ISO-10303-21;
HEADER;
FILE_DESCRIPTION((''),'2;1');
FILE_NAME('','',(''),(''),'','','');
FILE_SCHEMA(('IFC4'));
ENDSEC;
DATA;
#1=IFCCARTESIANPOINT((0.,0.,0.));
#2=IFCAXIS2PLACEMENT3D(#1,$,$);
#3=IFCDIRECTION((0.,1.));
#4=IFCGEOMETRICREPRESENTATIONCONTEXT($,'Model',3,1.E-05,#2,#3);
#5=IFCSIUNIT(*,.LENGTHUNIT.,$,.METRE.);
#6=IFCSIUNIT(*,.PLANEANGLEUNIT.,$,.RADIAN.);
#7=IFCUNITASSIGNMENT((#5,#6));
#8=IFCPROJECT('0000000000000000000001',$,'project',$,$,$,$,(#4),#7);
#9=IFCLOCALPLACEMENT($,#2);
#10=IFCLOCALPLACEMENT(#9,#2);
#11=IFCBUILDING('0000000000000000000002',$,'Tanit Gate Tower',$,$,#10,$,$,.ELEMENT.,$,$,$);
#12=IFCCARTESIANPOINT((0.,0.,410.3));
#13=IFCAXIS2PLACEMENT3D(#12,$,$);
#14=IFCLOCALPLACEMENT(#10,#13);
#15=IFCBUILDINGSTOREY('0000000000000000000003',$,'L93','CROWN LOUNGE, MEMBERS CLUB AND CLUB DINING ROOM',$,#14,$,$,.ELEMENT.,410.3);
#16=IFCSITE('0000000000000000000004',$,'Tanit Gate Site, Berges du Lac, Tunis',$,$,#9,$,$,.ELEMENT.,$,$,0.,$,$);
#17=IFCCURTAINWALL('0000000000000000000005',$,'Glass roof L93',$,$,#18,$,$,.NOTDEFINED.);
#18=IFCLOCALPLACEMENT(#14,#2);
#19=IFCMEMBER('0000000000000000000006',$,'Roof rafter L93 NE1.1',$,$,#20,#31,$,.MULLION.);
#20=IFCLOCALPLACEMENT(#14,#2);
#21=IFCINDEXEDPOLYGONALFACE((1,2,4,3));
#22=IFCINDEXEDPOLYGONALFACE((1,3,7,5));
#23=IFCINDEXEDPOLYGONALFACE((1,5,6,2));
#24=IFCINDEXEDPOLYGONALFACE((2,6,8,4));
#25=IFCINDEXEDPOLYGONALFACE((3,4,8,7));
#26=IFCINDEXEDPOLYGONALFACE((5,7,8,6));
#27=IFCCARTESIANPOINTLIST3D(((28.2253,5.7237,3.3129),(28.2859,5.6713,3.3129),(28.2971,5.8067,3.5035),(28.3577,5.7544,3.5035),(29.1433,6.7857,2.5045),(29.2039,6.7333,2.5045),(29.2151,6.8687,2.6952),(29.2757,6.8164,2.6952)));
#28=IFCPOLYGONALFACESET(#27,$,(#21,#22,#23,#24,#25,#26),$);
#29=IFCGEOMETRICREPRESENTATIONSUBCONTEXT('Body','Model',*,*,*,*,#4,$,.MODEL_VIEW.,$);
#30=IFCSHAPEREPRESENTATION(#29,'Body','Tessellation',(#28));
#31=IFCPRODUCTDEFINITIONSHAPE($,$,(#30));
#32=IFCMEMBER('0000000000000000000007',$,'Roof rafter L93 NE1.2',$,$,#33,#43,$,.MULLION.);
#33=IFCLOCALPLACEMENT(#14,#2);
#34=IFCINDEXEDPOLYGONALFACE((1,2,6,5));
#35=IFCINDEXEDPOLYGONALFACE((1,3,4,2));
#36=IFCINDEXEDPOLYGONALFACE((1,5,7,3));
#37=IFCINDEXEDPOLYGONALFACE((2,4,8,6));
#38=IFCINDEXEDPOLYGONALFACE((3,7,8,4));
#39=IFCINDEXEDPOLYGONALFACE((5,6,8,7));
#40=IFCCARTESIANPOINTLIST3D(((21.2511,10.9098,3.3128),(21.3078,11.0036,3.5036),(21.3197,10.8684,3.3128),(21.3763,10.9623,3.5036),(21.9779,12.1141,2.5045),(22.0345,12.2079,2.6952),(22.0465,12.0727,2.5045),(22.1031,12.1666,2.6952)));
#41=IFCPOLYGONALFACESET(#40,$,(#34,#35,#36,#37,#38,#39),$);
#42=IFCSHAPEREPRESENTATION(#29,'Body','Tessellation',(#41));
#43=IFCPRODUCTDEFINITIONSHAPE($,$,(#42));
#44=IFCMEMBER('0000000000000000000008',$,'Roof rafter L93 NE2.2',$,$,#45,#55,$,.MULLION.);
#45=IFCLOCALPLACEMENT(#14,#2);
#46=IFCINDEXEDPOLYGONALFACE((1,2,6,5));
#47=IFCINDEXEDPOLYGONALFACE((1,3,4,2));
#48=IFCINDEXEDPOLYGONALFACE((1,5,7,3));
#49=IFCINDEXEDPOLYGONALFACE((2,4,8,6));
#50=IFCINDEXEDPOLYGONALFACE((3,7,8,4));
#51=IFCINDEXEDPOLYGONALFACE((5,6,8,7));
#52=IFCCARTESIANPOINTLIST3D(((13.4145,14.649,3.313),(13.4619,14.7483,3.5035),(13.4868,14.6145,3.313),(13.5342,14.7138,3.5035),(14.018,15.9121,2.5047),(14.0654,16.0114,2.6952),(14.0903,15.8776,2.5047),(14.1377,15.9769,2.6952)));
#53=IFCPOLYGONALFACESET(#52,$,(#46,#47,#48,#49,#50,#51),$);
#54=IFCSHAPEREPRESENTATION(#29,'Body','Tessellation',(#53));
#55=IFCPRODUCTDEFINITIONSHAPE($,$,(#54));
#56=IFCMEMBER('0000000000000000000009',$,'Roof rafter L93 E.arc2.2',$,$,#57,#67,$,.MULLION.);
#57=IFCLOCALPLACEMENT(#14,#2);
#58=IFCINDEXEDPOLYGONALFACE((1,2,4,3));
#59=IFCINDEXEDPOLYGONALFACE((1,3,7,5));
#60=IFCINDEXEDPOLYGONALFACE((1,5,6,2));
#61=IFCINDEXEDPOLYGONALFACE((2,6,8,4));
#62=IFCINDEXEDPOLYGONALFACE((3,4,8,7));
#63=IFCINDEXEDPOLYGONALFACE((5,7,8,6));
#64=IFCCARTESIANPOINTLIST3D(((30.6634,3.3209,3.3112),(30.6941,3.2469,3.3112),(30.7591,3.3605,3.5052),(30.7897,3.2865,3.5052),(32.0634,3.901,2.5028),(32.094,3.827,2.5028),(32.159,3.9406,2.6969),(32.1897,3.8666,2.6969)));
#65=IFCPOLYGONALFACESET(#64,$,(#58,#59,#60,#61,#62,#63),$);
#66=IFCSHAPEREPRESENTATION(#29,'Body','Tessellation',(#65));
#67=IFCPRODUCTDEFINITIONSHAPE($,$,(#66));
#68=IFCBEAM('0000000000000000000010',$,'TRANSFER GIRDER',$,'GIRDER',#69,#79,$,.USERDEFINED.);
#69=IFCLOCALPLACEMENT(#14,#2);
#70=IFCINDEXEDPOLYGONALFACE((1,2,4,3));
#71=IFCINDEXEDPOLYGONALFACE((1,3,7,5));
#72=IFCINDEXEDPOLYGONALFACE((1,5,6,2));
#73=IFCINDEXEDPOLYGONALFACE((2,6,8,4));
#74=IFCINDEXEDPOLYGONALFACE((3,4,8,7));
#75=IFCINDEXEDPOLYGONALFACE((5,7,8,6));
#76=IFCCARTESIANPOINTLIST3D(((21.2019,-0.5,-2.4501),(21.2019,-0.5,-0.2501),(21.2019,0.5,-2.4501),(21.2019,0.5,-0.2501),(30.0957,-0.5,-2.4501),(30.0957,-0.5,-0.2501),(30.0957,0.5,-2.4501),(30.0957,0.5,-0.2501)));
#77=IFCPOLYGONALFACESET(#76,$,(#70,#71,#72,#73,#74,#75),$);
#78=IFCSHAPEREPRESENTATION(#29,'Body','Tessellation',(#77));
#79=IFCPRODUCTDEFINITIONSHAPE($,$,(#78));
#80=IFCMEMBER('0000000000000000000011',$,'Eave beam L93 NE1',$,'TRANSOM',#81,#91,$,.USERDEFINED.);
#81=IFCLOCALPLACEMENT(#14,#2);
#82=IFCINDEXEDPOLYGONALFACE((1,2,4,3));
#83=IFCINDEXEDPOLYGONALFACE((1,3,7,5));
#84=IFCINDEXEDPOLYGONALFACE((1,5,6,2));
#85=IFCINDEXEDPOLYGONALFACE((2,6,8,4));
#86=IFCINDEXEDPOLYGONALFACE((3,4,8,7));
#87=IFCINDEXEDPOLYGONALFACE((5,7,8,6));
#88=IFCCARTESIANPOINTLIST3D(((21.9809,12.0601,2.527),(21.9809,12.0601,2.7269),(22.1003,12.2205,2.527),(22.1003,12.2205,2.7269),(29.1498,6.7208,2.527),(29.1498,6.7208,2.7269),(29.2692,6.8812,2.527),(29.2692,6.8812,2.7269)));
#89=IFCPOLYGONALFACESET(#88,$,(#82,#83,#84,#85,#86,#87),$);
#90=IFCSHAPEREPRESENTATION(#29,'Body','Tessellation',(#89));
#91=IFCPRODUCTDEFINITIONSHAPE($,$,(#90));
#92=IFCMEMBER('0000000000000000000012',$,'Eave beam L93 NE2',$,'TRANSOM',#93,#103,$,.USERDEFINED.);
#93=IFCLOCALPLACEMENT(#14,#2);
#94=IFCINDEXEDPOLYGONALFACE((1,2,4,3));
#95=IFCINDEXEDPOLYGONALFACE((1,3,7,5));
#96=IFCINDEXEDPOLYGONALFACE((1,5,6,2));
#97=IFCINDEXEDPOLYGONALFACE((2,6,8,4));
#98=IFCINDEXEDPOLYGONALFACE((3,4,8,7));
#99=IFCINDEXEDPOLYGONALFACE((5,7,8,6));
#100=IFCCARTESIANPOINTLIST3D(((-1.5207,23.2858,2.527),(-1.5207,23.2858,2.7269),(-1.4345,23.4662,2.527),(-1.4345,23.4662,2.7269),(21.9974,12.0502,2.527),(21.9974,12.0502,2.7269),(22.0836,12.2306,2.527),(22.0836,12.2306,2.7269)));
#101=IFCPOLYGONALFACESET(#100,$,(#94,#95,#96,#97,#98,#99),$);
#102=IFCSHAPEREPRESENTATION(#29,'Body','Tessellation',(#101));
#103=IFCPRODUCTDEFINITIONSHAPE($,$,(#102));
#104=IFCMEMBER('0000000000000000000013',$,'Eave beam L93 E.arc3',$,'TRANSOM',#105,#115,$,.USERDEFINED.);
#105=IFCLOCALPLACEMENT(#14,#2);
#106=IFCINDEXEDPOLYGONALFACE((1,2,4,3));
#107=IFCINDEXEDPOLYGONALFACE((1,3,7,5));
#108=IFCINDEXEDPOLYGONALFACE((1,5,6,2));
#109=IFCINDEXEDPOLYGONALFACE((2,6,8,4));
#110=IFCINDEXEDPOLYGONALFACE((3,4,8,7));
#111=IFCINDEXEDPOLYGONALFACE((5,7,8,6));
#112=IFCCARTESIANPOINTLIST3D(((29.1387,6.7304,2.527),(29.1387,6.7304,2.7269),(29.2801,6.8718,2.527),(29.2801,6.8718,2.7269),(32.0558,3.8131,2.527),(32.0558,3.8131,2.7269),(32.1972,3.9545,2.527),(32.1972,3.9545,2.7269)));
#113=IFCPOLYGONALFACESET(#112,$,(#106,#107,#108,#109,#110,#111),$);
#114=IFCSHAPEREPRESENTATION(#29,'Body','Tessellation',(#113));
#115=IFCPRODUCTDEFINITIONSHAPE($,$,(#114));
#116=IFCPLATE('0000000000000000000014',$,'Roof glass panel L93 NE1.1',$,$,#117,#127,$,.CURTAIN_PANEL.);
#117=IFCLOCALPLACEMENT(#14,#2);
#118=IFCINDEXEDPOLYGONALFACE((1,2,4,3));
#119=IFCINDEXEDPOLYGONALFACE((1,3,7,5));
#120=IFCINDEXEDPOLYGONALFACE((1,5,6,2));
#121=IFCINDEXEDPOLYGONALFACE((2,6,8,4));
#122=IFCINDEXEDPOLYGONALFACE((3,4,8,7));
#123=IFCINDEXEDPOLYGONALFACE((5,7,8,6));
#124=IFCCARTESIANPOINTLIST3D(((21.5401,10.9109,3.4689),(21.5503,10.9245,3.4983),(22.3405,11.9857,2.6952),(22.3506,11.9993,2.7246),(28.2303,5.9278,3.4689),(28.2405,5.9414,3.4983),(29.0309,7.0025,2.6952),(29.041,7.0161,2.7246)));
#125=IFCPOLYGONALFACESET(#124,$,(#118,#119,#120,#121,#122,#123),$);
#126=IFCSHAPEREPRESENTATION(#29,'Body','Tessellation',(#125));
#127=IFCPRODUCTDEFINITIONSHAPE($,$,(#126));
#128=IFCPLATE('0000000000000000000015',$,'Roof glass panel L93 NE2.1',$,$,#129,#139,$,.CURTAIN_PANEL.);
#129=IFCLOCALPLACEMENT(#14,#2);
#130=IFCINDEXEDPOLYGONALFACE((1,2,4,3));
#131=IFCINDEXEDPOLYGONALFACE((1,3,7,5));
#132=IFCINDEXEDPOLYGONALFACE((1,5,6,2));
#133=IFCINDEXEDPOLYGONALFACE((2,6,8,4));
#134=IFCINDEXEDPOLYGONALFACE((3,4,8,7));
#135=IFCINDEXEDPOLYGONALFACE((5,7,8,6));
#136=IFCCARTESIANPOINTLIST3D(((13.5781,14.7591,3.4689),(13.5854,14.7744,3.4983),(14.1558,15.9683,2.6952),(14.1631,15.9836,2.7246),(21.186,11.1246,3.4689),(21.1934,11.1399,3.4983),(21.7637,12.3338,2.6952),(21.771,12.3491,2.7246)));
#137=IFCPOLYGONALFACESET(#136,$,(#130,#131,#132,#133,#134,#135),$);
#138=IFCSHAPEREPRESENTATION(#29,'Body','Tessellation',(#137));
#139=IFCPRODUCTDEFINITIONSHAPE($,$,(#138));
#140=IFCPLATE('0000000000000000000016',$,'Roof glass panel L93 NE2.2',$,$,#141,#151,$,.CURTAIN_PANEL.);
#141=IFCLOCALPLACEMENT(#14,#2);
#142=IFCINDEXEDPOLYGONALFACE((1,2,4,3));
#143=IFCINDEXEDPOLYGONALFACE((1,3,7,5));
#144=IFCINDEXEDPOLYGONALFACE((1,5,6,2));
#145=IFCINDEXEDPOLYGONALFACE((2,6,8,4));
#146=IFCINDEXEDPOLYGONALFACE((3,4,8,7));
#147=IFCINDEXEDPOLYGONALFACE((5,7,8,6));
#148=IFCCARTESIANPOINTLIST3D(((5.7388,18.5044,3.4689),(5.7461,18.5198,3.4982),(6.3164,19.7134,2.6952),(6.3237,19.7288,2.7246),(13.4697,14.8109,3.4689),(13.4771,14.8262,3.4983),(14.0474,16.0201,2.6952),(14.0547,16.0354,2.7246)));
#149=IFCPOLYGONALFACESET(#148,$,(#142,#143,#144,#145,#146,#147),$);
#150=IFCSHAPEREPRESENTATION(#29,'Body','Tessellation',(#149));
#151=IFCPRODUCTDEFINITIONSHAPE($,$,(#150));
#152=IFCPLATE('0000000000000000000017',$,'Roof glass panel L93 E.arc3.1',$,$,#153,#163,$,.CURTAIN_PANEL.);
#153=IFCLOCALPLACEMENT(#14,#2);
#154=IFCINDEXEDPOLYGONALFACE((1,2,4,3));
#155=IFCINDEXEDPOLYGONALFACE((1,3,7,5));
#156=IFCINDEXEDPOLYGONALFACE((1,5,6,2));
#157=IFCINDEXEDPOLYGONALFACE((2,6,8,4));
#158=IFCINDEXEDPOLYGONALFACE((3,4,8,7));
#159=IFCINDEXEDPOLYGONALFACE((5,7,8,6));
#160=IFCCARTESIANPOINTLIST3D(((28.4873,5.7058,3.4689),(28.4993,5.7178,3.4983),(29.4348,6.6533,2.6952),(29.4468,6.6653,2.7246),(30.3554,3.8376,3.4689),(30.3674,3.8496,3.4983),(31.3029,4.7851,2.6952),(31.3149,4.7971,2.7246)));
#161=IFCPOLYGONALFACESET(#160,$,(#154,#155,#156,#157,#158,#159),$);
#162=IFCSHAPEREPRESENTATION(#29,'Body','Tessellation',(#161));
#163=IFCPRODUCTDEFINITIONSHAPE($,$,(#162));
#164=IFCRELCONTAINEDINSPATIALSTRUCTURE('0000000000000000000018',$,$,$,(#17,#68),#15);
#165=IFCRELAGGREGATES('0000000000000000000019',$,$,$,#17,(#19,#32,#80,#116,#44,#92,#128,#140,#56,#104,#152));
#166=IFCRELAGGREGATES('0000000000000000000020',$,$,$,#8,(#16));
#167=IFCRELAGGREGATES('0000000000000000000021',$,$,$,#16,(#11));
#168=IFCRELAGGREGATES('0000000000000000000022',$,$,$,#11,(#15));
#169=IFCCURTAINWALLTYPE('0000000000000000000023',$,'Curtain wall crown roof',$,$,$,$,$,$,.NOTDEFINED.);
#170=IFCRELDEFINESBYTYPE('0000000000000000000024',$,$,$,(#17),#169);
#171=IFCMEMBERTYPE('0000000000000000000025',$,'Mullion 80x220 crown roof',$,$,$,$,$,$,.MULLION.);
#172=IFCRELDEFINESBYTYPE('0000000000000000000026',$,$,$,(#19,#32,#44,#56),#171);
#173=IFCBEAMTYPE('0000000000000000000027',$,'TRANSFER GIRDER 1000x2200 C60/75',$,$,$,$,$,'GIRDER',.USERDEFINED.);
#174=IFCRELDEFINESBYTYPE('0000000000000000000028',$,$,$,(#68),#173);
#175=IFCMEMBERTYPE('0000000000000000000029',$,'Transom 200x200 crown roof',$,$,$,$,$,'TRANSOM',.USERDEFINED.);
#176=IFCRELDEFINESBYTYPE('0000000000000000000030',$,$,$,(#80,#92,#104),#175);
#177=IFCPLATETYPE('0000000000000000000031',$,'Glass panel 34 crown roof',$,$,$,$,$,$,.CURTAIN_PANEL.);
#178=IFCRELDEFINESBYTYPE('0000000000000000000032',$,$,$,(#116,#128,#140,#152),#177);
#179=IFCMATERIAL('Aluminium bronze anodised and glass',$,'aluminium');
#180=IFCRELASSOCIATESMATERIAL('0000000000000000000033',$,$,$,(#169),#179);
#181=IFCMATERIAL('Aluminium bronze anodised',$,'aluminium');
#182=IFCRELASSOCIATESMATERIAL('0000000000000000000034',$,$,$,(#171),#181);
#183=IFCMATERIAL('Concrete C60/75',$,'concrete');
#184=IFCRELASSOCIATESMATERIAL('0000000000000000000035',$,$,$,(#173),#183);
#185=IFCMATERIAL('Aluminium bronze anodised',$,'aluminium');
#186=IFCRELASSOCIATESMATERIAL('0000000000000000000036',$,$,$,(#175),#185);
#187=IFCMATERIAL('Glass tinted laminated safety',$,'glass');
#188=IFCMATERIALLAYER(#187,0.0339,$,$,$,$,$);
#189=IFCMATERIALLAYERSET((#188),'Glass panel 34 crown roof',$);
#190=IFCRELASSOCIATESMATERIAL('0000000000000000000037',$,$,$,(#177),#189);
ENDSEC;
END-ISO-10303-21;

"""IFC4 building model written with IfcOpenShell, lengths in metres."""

from ifc_helpers import new_model, si_unit, direction, frame, origin, origin_2d, place, context, subcontext, project, spatial, polyline, rectangle, outline, extrude, material, layer, layer_set, material_profile, profile_set, type_object, element, aggregate, save


model = new_model("IFC4")

# Units and contexts
model_context = context("Model", 3, precision=1e-05, world=origin(), true_north=direction((0.0, 1.0)))
body_context = subcontext(model_context, "Body", "Model", "MODEL_VIEW")
ifc_project = project(units=[si_unit("LENGTHUNIT", "METRE"), si_unit("PLANEANGLEUNIT", "RADIAN")], contexts=[model_context])

# Site, building, storey
site_placement = place(None, origin())
site = spatial("IfcSite", under=ifc_project, at=site_placement, Name="Tanit Gate Site, Berges du Lac, Tunis", CompositionType="ELEMENT", RefElevation=0.0)
building_placement = place(site_placement, origin())
building = spatial("IfcBuilding", under=site, at=building_placement, Name="Tanit Gate Tower", CompositionType="ELEMENT")
storey_placement = place(building_placement, frame((0.0, 0.0, 410.3)))
storey = spatial("IfcBuildingStorey", under=building, at=storey_placement, Name="L93", Description="CROWN LOUNGE, MEMBERS CLUB AND CLUB DINING ROOM", CompositionType="ELEMENT", Elevation=410.3)

# Curtain wall, members
ifc_material_1 = material(Name="Aluminium bronze anodised and glass", Category="aluminium")
curtain_wall_type = type_object("IfcCurtainWallType", Name="Curtain wall crown roof", PredefinedType="NOTDEFINED", material=ifc_material_1)
curtain_wall_placement = place(storey_placement, origin())
curtain_wall = element("IfcCurtainWall", 1, at=curtain_wall_placement, inside=storey, type_object=curtain_wall_type, Name="Glass roof L93", PredefinedType="NOTDEFINED")
ifc_material_2 = material(Name="Aluminium bronze anodised", Category="aluminium")
ifc_material_profile_1 = material_profile(ifc_material_2, rectangle(XDim=0.0801, YDim=0.22, at=origin_2d()), Name="80x220 bronze rafter")
ifc_profile_set_1 = profile_set([ifc_material_profile_1], Name="Aluminium bronze anodised")
member_type_1 = type_object("IfcMemberType", Name="Mullion 80x220 crown roof", PredefinedType="MULLION", material=ifc_profile_set_1)
member_1_placement = place(storey_placement, frame((28.2915, 5.739, 3.4082), z_axis=(0.566694, 0.655617, -0.499023), x_axis=(-0.756549, 0.653937, 0.0)))
member_1 = element("IfcMember", 2, at=member_1_placement, type_object=member_type_1, Name="Roof rafter L93 NE1.1", PredefinedType="MULLION", context=body_context, shape_type="SweptSolid", body=[
    extrude(rectangle(XDim=0.0801, YDim=0.22, at=origin_2d()), origin(), (0.0, 0.0, 1.0), 1.6199),
])
member_2_placement = place(storey_placement, frame((21.3137, 10.936, 3.4082), z_axis=(0.447987, 0.742331, -0.498248), x_axis=(-0.856173, 0.516689, 0.0)))
member_2 = element("IfcMember", 3, at=member_2_placement, type_object=member_type_1, Name="Roof rafter L93 NE1.2", PredefinedType="MULLION", context=body_context, shape_type="SweptSolid", body=[
    extrude(rectangle(XDim=0.0801, YDim=0.22, at=origin_2d()), origin(), (0.0, 0.0, 1.0), 1.6223),
])
member_3_placement = place(storey_placement, frame((13.4744, 14.6814, 3.4082), z_axis=(0.373331, 0.781398, -0.500041), x_axis=(-0.902305, 0.431098, 0.0)))
member_3 = element("IfcMember", 4, at=member_3_placement, type_object=member_type_1, Name="Roof rafter L93 NE2.2", PredefinedType="MULLION", context=body_context, shape_type="SweptSolid", body=[
    extrude(rectangle(XDim=0.0801, YDim=0.22, at=origin_2d()), origin(), (0.0, 0.0, 1.0), 1.6165),
])
member_4_placement = place(storey_placement, frame((30.7266, 3.3037, 3.4082), z_axis=(0.815104, 0.337755, -0.470668), x_axis=(-0.382807, 0.923828, 0.0)))
member_4 = element("IfcMember", 5, at=member_4_placement, type_object=member_type_1, Name="Roof rafter L93 E.arc2.2", PredefinedType="MULLION", context=body_context, shape_type="SweptSolid", body=[
    extrude(rectangle(XDim=0.0801, YDim=0.22, at=origin_2d()), origin(), (0.0, 0.0, 1.0), 1.7175),
])

# Beam
ifc_material_3 = material(Name="Concrete C60/75", Category="concrete")
ifc_material_profile_2 = material_profile(ifc_material_3, rectangle(XDim=1.0, YDim=2.2, at=origin_2d()), Name="RC 1000x2200")
ifc_profile_set_2 = profile_set([ifc_material_profile_2], Name="Concrete C60/75")
beam_type = type_object("IfcBeamType", Name="TRANSFER GIRDER 1000x2200 C60/75", ElementType="GIRDER", PredefinedType="USERDEFINED", material=ifc_profile_set_2)
beam_placement = place(storey_placement, frame((30.0957, 0.0, -1.3501), z_axis=(-1.0, 0.0, 0.0), x_axis=(0.0, -1.0, 0.0)))
element("IfcBeam", 6, at=beam_placement, inside=storey, type_object=beam_type, Name="TRANSFER GIRDER", ObjectType="GIRDER", PredefinedType="USERDEFINED", context=body_context, shape_type="SweptSolid", body=[
    extrude(rectangle(XDim=1.0, YDim=2.2, at=origin_2d()), origin(), (0.0, 0.0, 1.0), 8.8938),
])

# Members
ifc_material_4 = material(Name="Aluminium bronze anodised", Category="aluminium")
ifc_material_profile_3 = material_profile(ifc_material_4, rectangle(XDim=0.2, YDim=0.2, at=origin_2d()), Name="200x200 bronze transom")
ifc_profile_set_3 = profile_set([ifc_material_profile_3], Name="Aluminium bronze anodised")
member_type_2 = type_object("IfcMemberType", Name="Transom 200x200 crown roof", ElementType="TRANSOM", PredefinedType="USERDEFINED", material=ifc_profile_set_3)
member_5_placement = place(storey_placement, frame((29.2095, 6.801, 2.627), z_axis=(-0.802001, 0.597322, 0.0), x_axis=(-0.597322, -0.802001, 0.0)))
member_5 = element("IfcMember", 7, at=member_5_placement, type_object=member_type_2, Name="Eave beam L93 NE1", ObjectType="TRANSOM", PredefinedType="USERDEFINED", context=body_context, shape_type="SweptSolid", body=[
    extrude(rectangle(XDim=0.2, YDim=0.2, at=origin_2d()), origin(), (0.0, 0.0, 1.0), 8.9387),
])
member_6_placement = place(storey_placement, frame((22.0405, 12.1404, 2.627), z_axis=(-0.902316, 0.431075, 0.0), x_axis=(-0.431075, -0.902316, 0.0)))
member_6 = element("IfcMember", 8, at=member_6_placement, type_object=member_type_2, Name="Eave beam L93 NE2", ObjectType="TRANSOM", PredefinedType="USERDEFINED", context=body_context, shape_type="SweptSolid", body=[
    extrude(rectangle(XDim=0.2, YDim=0.2, at=origin_2d()), origin(), (0.0, 0.0, 1.0), 26.0642),
])
member_7_placement = place(storey_placement, frame((32.1265, 3.8838, 2.627), z_axis=(-0.707077, 0.707136, 0.0), x_axis=(-0.707136, -0.707077, 0.0)))
member_7 = element("IfcMember", 9, at=member_7_placement, type_object=member_type_2, Name="Eave beam L93 E.arc3", ObjectType="TRANSOM", PredefinedType="USERDEFINED", context=body_context, shape_type="SweptSolid", body=[
    extrude(rectangle(XDim=0.2, YDim=0.2, at=origin_2d()), origin(), (0.0, 0.0, 1.0), 4.1255),
])

# Plates
ifc_material_5 = material(Name="Glass tinted laminated safety", Category="glass")
ifc_layer_1 = layer(ifc_material_5, 0.0339)
ifc_layer_set_1 = layer_set([ifc_layer_1], Name="Glass panel 34 crown roof")
plate_type = type_object("IfcPlateType", Name="Glass panel 34 crown roof", PredefinedType="CURTAIN_PANEL", material=ifc_layer_set_1)
plate_1_placement = place(storey_placement, frame((28.2405, 5.9414, 3.4983), z_axis=(0.298678, 0.401, 0.86602), x_axis=(-0.801981, 0.597349, -0.000004)))
plate_1 = element("IfcPlate", 10, at=plate_1_placement, type_object=plate_type, Name="Roof glass panel L93 NE1.1", PredefinedType="CURTAIN_PANEL", context=body_context, shape_type="SweptSolid", body=[
    extrude(outline(polyline([(0.0, 0.0), (8.3421, 0.0), (8.3422, -1.5473), (0.0, -1.5474), (0.0, 0.0)])), origin(), (0.0, 0.0, -1.0), 0.0339),
])
plate_2_placement = place(storey_placement, frame((21.1934, 11.1399, 3.4983), z_axis=(0.215526, 0.451146, 0.866034), x_axis=(-0.902321, 0.431065, 0.0)))
plate_2 = element("IfcPlate", 11, at=plate_2_placement, type_object=plate_type, Name="Roof glass panel L93 NE2.1", PredefinedType="CURTAIN_PANEL", context=body_context, shape_type="SweptSolid", body=[
    extrude(outline(polyline([(0.0, 0.0), (8.4315, 0.0), (8.4315, -1.5474), (0.0, -1.5474), (0.0, 0.0)])), origin(), (0.0, 0.0, -1.0), 0.0339),
])
plate_3_placement = place(storey_placement, frame((13.4771, 14.8262, 3.4983), z_axis=(0.215548, 0.45117, 0.866017), x_axis=(-0.902309, 0.431091, -0.000006)))
plate_3 = element("IfcPlate", 12, at=plate_3_placement, type_object=plate_type, Name="Roof glass panel L93 NE2.2", PredefinedType="CURTAIN_PANEL", context=body_context, shape_type="SweptSolid", body=[
    extrude(outline(polyline([(0.0, 0.0), (8.568, 0.0), (8.568, -1.5472), (0.0001, -1.5474), (0.0, 0.0)])), origin(), (0.0, 0.0, -1.0), 0.0339),
])
plate_4_placement = place(storey_placement, frame((30.3674, 3.8496, 3.4983), z_axis=(0.353568, 0.353568, 0.866013), x_axis=(-0.707107, 0.707107, 0.0)))
plate_4 = element("IfcPlate", 13, at=plate_4_placement, type_object=plate_type, Name="Roof glass panel L93 E.arc3.1", PredefinedType="CURTAIN_PANEL", context=body_context, shape_type="SweptSolid", body=[
    extrude(outline(polyline([(0.0, 0.0), (2.642, 0.0), (2.642, -1.5473), (0.0, -1.5473), (0.0, 0.0)])), origin(), (0.0, 0.0, -1.0), 0.0339),
])
aggregate(curtain_wall, [member_1, member_2, member_5, plate_1, member_3, member_6, plate_2, plate_3, member_4, member_7, plate_4])

save(model, "model.ifc")
